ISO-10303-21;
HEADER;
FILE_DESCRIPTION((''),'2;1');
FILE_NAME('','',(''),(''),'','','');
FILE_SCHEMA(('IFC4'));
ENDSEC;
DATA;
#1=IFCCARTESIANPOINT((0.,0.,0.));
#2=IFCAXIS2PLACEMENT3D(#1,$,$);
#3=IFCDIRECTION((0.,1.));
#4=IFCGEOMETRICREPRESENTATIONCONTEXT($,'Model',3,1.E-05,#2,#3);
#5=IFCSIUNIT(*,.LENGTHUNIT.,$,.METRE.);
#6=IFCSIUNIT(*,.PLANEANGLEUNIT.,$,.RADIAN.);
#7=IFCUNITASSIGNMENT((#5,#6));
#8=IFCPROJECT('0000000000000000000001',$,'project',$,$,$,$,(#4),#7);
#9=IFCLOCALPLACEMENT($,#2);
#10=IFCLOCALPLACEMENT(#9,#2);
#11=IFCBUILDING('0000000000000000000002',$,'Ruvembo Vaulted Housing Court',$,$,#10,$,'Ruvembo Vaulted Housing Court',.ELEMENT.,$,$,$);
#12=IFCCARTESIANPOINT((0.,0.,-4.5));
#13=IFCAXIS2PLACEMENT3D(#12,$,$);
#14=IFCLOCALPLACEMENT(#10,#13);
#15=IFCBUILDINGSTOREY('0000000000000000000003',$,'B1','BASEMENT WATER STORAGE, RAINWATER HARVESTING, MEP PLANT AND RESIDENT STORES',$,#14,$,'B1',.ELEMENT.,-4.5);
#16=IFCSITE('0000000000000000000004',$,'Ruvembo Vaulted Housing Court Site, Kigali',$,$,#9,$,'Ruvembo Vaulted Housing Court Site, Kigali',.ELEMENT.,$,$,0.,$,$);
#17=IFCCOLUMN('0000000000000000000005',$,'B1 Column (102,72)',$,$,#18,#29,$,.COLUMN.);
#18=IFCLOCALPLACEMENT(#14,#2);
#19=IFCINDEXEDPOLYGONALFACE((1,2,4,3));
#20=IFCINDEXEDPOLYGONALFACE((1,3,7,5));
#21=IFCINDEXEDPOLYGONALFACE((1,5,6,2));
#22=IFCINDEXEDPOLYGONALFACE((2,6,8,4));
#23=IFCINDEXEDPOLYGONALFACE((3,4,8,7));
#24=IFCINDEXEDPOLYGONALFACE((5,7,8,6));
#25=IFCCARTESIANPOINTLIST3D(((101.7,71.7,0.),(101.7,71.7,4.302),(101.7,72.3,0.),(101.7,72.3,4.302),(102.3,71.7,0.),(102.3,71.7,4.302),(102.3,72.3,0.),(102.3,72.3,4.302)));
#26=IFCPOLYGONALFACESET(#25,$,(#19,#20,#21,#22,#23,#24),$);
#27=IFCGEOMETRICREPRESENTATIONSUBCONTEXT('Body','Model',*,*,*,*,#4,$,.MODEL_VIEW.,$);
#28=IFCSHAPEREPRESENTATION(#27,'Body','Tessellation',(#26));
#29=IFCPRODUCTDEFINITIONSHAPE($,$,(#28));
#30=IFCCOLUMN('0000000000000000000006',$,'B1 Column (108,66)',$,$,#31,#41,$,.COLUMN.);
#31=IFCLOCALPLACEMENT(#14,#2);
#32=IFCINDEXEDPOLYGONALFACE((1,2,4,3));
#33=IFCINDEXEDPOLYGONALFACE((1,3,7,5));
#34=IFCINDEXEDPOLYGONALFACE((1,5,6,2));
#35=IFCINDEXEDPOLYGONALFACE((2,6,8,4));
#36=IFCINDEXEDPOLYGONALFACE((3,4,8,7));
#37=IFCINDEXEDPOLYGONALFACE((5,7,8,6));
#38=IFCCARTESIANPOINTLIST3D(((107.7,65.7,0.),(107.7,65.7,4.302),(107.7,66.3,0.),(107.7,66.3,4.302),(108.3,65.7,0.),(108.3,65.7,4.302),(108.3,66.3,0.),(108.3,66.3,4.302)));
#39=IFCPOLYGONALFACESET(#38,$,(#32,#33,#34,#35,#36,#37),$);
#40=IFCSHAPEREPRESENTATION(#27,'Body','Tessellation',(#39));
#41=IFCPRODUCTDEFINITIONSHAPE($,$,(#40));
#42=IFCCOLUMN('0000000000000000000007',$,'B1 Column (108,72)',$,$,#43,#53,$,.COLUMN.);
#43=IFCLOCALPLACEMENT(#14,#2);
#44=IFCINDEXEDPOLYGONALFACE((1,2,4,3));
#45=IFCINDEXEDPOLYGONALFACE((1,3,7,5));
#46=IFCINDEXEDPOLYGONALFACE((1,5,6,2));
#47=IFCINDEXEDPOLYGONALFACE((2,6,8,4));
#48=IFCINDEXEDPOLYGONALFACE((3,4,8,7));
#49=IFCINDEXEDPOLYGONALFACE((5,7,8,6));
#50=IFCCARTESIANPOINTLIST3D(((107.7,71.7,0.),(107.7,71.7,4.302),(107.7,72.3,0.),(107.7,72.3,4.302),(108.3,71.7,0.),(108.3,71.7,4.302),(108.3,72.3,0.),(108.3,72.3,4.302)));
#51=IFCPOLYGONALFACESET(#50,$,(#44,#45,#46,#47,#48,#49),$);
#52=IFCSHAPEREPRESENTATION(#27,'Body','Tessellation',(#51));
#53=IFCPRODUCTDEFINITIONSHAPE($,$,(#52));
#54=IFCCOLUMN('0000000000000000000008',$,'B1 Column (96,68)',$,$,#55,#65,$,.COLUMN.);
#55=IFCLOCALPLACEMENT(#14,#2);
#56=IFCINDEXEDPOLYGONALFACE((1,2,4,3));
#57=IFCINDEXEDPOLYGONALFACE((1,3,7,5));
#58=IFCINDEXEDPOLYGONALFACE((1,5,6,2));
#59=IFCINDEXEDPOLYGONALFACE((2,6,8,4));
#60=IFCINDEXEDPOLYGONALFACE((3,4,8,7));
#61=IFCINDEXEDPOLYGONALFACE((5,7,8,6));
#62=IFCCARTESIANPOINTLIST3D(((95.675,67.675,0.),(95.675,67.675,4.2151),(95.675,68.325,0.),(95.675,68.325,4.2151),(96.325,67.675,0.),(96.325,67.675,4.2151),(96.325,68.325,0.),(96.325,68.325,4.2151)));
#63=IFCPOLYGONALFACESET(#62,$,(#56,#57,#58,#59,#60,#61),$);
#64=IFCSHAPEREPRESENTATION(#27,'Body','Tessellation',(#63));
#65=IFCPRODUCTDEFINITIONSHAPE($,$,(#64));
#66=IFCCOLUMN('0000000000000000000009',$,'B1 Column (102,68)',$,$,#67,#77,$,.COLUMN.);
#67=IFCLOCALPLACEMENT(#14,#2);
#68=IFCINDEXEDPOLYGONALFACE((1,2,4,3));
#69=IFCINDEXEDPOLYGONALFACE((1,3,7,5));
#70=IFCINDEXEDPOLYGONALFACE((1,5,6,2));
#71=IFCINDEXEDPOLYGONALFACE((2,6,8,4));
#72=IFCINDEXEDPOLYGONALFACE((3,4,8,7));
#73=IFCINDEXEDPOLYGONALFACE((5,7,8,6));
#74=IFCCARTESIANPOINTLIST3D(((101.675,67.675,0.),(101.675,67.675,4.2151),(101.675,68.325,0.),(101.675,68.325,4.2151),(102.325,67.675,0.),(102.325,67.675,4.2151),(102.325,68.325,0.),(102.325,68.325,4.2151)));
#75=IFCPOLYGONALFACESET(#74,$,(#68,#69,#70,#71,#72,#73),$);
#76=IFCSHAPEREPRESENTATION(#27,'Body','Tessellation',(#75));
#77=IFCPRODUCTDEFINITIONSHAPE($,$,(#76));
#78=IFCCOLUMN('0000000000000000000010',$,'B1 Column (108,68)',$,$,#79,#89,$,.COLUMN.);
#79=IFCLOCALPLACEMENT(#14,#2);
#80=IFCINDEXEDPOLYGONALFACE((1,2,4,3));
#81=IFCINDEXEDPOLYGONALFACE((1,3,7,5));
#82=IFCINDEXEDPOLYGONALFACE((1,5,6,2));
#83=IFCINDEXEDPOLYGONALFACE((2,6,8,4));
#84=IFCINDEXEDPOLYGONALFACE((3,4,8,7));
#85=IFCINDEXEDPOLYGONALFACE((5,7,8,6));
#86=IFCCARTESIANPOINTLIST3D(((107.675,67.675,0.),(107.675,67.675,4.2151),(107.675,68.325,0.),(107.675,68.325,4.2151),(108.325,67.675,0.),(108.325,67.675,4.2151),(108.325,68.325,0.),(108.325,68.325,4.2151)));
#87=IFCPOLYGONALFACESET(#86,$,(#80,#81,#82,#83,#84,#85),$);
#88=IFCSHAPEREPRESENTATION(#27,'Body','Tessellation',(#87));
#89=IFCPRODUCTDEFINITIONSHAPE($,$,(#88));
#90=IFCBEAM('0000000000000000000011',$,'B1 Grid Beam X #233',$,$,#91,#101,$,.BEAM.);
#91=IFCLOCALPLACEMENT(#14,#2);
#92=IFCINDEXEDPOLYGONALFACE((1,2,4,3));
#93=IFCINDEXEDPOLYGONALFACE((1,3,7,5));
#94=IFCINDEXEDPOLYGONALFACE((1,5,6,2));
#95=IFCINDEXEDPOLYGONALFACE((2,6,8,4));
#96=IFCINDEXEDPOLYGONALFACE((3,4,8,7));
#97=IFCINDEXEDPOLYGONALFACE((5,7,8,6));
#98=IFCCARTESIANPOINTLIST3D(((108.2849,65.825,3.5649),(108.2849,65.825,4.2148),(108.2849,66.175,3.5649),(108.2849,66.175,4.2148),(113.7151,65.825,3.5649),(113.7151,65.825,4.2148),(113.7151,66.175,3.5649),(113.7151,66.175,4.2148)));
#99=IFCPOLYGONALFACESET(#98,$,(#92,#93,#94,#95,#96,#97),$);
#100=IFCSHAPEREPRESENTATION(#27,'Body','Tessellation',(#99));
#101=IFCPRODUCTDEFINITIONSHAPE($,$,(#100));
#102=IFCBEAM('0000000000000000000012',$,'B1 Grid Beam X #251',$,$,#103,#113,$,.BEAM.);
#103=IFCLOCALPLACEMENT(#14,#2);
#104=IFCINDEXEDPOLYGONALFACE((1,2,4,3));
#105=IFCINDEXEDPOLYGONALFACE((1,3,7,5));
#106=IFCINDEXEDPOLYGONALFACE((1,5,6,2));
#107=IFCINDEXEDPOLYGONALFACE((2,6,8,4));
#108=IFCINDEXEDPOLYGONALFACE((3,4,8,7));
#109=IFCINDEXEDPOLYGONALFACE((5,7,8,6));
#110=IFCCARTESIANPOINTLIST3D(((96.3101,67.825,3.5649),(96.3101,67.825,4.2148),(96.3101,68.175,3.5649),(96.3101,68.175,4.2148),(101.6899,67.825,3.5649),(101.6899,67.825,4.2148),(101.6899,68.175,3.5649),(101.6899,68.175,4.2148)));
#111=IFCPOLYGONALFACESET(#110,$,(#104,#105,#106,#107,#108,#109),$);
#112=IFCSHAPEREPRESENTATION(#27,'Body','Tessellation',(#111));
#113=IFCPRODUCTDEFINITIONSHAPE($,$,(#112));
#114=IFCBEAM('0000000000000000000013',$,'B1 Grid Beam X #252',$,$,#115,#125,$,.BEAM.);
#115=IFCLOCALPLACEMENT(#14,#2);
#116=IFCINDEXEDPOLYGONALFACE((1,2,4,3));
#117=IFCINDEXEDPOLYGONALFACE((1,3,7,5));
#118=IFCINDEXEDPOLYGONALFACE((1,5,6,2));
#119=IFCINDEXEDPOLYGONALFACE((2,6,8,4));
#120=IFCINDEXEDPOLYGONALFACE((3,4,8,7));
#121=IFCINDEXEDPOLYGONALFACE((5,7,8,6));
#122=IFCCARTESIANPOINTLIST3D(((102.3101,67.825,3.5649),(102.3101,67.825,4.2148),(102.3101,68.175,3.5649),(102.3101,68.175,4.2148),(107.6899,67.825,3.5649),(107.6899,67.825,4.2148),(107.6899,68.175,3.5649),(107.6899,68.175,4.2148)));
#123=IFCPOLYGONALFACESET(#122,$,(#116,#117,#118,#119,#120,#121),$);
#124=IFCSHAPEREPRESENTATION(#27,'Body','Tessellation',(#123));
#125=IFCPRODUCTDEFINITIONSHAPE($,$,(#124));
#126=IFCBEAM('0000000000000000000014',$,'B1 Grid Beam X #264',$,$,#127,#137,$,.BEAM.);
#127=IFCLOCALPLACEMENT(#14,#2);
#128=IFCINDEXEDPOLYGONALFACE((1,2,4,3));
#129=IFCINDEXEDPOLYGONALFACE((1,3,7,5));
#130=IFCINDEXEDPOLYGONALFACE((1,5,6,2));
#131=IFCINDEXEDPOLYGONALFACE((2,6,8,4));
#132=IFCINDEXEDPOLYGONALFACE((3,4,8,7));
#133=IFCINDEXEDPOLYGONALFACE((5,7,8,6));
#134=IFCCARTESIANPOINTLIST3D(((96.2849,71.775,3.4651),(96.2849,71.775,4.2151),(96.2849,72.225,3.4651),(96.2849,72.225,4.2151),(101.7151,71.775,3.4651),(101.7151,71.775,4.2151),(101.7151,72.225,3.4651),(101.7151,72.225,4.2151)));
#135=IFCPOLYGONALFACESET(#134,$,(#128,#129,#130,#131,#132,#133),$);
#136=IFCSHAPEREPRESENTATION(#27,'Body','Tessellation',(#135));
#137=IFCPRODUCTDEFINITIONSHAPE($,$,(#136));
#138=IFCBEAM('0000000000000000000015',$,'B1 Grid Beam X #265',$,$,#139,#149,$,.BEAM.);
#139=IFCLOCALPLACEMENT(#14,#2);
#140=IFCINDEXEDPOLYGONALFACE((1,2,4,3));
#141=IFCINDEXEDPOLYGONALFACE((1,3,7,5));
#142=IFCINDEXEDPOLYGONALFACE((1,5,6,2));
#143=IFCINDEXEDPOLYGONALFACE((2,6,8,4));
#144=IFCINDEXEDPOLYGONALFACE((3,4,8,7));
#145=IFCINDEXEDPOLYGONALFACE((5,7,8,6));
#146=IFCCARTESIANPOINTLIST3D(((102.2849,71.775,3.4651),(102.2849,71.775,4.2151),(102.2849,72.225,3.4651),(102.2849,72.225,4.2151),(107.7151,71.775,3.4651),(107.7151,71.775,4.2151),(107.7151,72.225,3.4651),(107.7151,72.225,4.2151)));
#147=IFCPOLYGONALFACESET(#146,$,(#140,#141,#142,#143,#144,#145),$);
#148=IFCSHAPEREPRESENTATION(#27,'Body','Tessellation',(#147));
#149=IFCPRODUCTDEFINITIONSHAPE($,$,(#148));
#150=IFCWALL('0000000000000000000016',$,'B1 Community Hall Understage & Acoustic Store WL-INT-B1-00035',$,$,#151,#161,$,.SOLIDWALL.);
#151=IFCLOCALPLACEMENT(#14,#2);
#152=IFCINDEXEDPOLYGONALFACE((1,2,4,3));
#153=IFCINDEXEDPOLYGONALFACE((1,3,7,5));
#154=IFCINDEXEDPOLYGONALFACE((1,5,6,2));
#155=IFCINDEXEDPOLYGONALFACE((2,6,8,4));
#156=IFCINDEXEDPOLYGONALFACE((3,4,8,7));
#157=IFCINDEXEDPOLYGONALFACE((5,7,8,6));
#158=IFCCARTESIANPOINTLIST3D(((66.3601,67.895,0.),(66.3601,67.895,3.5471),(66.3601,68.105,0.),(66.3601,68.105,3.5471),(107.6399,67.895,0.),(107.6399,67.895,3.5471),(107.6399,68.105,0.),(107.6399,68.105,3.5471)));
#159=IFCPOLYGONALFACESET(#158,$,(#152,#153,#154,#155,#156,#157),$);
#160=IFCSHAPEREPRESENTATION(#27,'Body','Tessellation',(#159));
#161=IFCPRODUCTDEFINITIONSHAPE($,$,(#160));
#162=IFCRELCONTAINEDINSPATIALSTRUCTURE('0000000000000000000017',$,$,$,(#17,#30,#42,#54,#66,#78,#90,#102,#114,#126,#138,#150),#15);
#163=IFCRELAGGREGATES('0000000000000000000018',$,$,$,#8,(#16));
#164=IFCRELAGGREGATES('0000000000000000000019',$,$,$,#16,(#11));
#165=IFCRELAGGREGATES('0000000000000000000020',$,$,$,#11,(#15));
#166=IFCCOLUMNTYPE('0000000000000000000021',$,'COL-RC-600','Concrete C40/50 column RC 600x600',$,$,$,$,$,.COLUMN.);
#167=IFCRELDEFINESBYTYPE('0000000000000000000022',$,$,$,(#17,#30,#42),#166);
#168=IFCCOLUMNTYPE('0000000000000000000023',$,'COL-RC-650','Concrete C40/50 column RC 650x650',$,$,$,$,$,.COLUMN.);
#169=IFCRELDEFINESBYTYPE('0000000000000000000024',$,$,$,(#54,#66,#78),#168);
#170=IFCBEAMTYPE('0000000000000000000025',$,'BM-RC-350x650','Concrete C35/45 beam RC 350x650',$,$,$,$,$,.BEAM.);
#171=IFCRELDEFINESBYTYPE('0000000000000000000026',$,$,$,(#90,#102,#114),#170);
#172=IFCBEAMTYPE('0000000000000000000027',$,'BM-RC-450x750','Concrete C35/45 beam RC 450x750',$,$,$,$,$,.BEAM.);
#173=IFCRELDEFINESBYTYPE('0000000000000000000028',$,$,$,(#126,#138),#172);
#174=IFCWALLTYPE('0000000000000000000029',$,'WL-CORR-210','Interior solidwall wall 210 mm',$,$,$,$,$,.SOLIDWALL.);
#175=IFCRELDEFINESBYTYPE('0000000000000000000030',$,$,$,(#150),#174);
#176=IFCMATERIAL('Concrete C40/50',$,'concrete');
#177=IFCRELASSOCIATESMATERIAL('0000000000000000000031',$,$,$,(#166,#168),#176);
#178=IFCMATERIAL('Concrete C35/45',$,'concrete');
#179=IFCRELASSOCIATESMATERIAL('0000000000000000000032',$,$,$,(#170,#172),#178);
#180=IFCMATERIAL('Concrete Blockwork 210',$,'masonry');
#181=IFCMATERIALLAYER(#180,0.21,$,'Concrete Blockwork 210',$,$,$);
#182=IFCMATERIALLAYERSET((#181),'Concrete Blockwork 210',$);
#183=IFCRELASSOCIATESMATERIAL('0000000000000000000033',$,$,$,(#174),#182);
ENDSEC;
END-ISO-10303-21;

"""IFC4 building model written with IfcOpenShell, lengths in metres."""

from ifc_helpers import new_model, si_unit, direction, frame, frame_2d, origin, origin_2d, place, context, subcontext, project, spatial, rectangle, extrude, material, layer, layer_set, material_profile, profile_set, type_object, element, save


model = new_model("IFC4")

# Units and contexts
model_context = context("Model", 3, precision=1e-05, world=origin(), true_north=direction((0.0, 1.0)))
body_context = subcontext(model_context, "Body", "Model", "MODEL_VIEW")
ifc_project = project(units=[si_unit("LENGTHUNIT", "METRE"), si_unit("PLANEANGLEUNIT", "RADIAN")], contexts=[model_context])

# Site, building, storey
site_placement = place(None, origin())
site = spatial("IfcSite", under=ifc_project, at=site_placement, Name="Ruvembo Vaulted Housing Court Site, Kigali", LongName="Ruvembo Vaulted Housing Court Site, Kigali", CompositionType="ELEMENT", RefElevation=0.0)
building_placement = place(site_placement, origin())
building = spatial("IfcBuilding", under=site, at=building_placement, Name="Ruvembo Vaulted Housing Court", LongName="Ruvembo Vaulted Housing Court", CompositionType="ELEMENT")
storey_placement = place(building_placement, frame((0.0, 0.0, -4.5)))
storey = spatial("IfcBuildingStorey", under=building, at=storey_placement, Name="B1", Description="BASEMENT WATER STORAGE, RAINWATER HARVESTING, MEP PLANT AND RESIDENT STORES", LongName="B1", CompositionType="ELEMENT", Elevation=-4.5)

# Shared definitions
ifc_material_1 = material(Name="Concrete C35/45", Category="concrete")

# Columns
ifc_material_2 = material(Name="Concrete C40/50", Category="concrete")
ifc_material_profile_1 = material_profile(ifc_material_2, rectangle(XDim=0.6001, YDim=0.6001, at=origin_2d()), Name="RC 600x600")
ifc_profile_set_1 = profile_set([ifc_material_profile_1], Name="Concrete C40/50")
column_type_1 = type_object("IfcColumnType", Name="COL-RC-600", Description="Concrete C40/50 column RC 600x600", PredefinedType="COLUMN", material=ifc_profile_set_1)
for number, where, z_axis, x_axis, name in (
    (1, (102.0, 72.0, 0.0), (0.0, 0.0, 1.0), (1.0, 0.0, 0.0), "B1 Column (102,72)"),
    (2, (108.0, 66.0, 0.0), (0.0, 0.0, 1.0), (1.0, 0.0, 0.0), "B1 Column (108,66)"),
    (3, (108.0, 72.0, 0.0), (0.0, 0.0, 1.0), (1.0, 0.0, 0.0), "B1 Column (108,72)"),
):
    element("IfcColumn", number, at=place(storey_placement, frame(where, z_axis=z_axis, x_axis=x_axis)), inside=storey, type_object=column_type_1, Name=name, PredefinedType="COLUMN", context=body_context, shape_type="SweptSolid", body=[
        extrude(rectangle(XDim=0.6001, YDim=0.6001, at=origin_2d()), origin(), (0.0, 0.0, 1.0), 4.302),
    ])
ifc_material_profile_2 = material_profile(ifc_material_2, rectangle(XDim=0.6499, YDim=0.6499, at=origin_2d()), Name="RC 650x650")
ifc_profile_set_2 = profile_set([ifc_material_profile_2], Name="Concrete C40/50")
column_type_2 = type_object("IfcColumnType", Name="COL-RC-650", Description="Concrete C40/50 column RC 650x650", PredefinedType="COLUMN", material=ifc_profile_set_2)
for number, where, z_axis, x_axis, name in (
    (4, (96.0, 68.0, 0.0), (0.0, 0.0, 1.0), (1.0, 0.0, 0.0), "B1 Column (96,68)"),
    (5, (102.0, 68.0, 0.0), (0.0, 0.0, 1.0), (1.0, 0.0, 0.0), "B1 Column (102,68)"),
    (6, (108.0, 68.0, 0.0), (0.0, 0.0, 1.0), (1.0, 0.0, 0.0), "B1 Column (108,68)"),
):
    element("IfcColumn", number, at=place(storey_placement, frame(where, z_axis=z_axis, x_axis=x_axis)), inside=storey, type_object=column_type_2, Name=name, PredefinedType="COLUMN", context=body_context, shape_type="SweptSolid", body=[
        extrude(rectangle(XDim=0.6499, YDim=0.6499, at=origin_2d()), origin(), (0.0, 0.0, 1.0), 4.2151),
    ])

# Beams
ifc_material_profile_3 = material_profile(ifc_material_1, rectangle(XDim=0.3501, YDim=0.6499, at=origin_2d()), Name="RC 350x650")
ifc_profile_set_3 = profile_set([ifc_material_profile_3], Name="Concrete C35/45")
beam_type_1 = type_object("IfcBeamType", Name="BM-RC-350x650", Description="Concrete C35/45 beam RC 350x650", PredefinedType="BEAM", material=ifc_profile_set_3)
beam_placement = place(storey_placement, frame((108.2849, 66.0, 3.8899), z_axis=(1.0, 0.0, 0.0), x_axis=(0.0, 1.0, 0.0)))
element("IfcBeam", 7, at=beam_placement, inside=storey, type_object=beam_type_1, Name="B1 Grid Beam X #233", PredefinedType="BEAM", context=body_context, shape_type="SweptSolid", body=[
    extrude(rectangle(XDim=0.3501, YDim=0.6499, at=origin_2d()), origin(), (0.0, 0.0, 1.0), 5.4302),
])
for number, where, z_axis, x_axis, name in (
    (8, (96.3101, 68.0, 3.8899), (1.0, 0.0, 0.0), (0.0, 1.0, 0.0), "B1 Grid Beam X #251"),
    (9, (102.3101, 68.0, 3.8899), (1.0, 0.0, 0.0), (0.0, 1.0, 0.0), "B1 Grid Beam X #252"),
):
    element("IfcBeam", number, at=place(storey_placement, frame(where, z_axis=z_axis, x_axis=x_axis)), inside=storey, type_object=beam_type_1, Name=name, PredefinedType="BEAM", context=body_context, shape_type="SweptSolid", body=[
        extrude(rectangle(XDim=0.3501, YDim=0.6499, at=origin_2d()), origin(), (0.0, 0.0, 1.0), 5.3799),
    ])
ifc_material_profile_4 = material_profile(ifc_material_1, rectangle(XDim=0.45, YDim=0.75, at=origin_2d()), Name="RC 450x750")
ifc_profile_set_4 = profile_set([ifc_material_profile_4], Name="Concrete C35/45")
beam_type_2 = type_object("IfcBeamType", Name="BM-RC-450x750", Description="Concrete C35/45 beam RC 450x750", PredefinedType="BEAM", material=ifc_profile_set_4)
for number, where, z_axis, x_axis, name in (
    (10, (96.2849, 72.0, 3.8401), (1.0, 0.0, 0.0), (0.0, 1.0, 0.0), "B1 Grid Beam X #264"),
    (11, (102.2849, 72.0, 3.8401), (1.0, 0.0, 0.0), (0.0, 1.0, 0.0), "B1 Grid Beam X #265"),
):
    element("IfcBeam", number, at=place(storey_placement, frame(where, z_axis=z_axis, x_axis=x_axis)), inside=storey, type_object=beam_type_2, Name=name, PredefinedType="BEAM", context=body_context, shape_type="SweptSolid", body=[
        extrude(rectangle(XDim=0.45, YDim=0.75, at=origin_2d()), origin(), (0.0, 0.0, 1.0), 5.4302),
    ])

# Wall
ifc_material_3 = material(Name="Concrete Blockwork 210", Category="masonry")
ifc_layer = layer(ifc_material_3, 0.21, Name="Concrete Blockwork 210")
ifc_layer_set = layer_set([ifc_layer], Name="Concrete Blockwork 210")
wall_type = type_object("IfcWallType", Name="WL-CORR-210", Description="Interior solidwall wall 210 mm", PredefinedType="SOLIDWALL", material=ifc_layer_set)
wall_placement = place(storey_placement, frame((107.6399, 68.0, 0.0), z_axis=(0.0, 0.0, 1.0), x_axis=(-1.0, 0.0, 0.0)))
element("IfcWall", 12, at=wall_placement, inside=storey, type_object=wall_type, Name="B1 Community Hall Understage & Acoustic Store WL-INT-B1-00035", PredefinedType="SOLIDWALL", context=body_context, shape_type="SweptSolid", body=[
    extrude(rectangle(XDim=41.2798, YDim=0.21, at=frame_2d((20.6399, 0.0))), origin(), (0.0, 0.0, 1.0), 3.5471),
])

save(model, "model.ifc")
